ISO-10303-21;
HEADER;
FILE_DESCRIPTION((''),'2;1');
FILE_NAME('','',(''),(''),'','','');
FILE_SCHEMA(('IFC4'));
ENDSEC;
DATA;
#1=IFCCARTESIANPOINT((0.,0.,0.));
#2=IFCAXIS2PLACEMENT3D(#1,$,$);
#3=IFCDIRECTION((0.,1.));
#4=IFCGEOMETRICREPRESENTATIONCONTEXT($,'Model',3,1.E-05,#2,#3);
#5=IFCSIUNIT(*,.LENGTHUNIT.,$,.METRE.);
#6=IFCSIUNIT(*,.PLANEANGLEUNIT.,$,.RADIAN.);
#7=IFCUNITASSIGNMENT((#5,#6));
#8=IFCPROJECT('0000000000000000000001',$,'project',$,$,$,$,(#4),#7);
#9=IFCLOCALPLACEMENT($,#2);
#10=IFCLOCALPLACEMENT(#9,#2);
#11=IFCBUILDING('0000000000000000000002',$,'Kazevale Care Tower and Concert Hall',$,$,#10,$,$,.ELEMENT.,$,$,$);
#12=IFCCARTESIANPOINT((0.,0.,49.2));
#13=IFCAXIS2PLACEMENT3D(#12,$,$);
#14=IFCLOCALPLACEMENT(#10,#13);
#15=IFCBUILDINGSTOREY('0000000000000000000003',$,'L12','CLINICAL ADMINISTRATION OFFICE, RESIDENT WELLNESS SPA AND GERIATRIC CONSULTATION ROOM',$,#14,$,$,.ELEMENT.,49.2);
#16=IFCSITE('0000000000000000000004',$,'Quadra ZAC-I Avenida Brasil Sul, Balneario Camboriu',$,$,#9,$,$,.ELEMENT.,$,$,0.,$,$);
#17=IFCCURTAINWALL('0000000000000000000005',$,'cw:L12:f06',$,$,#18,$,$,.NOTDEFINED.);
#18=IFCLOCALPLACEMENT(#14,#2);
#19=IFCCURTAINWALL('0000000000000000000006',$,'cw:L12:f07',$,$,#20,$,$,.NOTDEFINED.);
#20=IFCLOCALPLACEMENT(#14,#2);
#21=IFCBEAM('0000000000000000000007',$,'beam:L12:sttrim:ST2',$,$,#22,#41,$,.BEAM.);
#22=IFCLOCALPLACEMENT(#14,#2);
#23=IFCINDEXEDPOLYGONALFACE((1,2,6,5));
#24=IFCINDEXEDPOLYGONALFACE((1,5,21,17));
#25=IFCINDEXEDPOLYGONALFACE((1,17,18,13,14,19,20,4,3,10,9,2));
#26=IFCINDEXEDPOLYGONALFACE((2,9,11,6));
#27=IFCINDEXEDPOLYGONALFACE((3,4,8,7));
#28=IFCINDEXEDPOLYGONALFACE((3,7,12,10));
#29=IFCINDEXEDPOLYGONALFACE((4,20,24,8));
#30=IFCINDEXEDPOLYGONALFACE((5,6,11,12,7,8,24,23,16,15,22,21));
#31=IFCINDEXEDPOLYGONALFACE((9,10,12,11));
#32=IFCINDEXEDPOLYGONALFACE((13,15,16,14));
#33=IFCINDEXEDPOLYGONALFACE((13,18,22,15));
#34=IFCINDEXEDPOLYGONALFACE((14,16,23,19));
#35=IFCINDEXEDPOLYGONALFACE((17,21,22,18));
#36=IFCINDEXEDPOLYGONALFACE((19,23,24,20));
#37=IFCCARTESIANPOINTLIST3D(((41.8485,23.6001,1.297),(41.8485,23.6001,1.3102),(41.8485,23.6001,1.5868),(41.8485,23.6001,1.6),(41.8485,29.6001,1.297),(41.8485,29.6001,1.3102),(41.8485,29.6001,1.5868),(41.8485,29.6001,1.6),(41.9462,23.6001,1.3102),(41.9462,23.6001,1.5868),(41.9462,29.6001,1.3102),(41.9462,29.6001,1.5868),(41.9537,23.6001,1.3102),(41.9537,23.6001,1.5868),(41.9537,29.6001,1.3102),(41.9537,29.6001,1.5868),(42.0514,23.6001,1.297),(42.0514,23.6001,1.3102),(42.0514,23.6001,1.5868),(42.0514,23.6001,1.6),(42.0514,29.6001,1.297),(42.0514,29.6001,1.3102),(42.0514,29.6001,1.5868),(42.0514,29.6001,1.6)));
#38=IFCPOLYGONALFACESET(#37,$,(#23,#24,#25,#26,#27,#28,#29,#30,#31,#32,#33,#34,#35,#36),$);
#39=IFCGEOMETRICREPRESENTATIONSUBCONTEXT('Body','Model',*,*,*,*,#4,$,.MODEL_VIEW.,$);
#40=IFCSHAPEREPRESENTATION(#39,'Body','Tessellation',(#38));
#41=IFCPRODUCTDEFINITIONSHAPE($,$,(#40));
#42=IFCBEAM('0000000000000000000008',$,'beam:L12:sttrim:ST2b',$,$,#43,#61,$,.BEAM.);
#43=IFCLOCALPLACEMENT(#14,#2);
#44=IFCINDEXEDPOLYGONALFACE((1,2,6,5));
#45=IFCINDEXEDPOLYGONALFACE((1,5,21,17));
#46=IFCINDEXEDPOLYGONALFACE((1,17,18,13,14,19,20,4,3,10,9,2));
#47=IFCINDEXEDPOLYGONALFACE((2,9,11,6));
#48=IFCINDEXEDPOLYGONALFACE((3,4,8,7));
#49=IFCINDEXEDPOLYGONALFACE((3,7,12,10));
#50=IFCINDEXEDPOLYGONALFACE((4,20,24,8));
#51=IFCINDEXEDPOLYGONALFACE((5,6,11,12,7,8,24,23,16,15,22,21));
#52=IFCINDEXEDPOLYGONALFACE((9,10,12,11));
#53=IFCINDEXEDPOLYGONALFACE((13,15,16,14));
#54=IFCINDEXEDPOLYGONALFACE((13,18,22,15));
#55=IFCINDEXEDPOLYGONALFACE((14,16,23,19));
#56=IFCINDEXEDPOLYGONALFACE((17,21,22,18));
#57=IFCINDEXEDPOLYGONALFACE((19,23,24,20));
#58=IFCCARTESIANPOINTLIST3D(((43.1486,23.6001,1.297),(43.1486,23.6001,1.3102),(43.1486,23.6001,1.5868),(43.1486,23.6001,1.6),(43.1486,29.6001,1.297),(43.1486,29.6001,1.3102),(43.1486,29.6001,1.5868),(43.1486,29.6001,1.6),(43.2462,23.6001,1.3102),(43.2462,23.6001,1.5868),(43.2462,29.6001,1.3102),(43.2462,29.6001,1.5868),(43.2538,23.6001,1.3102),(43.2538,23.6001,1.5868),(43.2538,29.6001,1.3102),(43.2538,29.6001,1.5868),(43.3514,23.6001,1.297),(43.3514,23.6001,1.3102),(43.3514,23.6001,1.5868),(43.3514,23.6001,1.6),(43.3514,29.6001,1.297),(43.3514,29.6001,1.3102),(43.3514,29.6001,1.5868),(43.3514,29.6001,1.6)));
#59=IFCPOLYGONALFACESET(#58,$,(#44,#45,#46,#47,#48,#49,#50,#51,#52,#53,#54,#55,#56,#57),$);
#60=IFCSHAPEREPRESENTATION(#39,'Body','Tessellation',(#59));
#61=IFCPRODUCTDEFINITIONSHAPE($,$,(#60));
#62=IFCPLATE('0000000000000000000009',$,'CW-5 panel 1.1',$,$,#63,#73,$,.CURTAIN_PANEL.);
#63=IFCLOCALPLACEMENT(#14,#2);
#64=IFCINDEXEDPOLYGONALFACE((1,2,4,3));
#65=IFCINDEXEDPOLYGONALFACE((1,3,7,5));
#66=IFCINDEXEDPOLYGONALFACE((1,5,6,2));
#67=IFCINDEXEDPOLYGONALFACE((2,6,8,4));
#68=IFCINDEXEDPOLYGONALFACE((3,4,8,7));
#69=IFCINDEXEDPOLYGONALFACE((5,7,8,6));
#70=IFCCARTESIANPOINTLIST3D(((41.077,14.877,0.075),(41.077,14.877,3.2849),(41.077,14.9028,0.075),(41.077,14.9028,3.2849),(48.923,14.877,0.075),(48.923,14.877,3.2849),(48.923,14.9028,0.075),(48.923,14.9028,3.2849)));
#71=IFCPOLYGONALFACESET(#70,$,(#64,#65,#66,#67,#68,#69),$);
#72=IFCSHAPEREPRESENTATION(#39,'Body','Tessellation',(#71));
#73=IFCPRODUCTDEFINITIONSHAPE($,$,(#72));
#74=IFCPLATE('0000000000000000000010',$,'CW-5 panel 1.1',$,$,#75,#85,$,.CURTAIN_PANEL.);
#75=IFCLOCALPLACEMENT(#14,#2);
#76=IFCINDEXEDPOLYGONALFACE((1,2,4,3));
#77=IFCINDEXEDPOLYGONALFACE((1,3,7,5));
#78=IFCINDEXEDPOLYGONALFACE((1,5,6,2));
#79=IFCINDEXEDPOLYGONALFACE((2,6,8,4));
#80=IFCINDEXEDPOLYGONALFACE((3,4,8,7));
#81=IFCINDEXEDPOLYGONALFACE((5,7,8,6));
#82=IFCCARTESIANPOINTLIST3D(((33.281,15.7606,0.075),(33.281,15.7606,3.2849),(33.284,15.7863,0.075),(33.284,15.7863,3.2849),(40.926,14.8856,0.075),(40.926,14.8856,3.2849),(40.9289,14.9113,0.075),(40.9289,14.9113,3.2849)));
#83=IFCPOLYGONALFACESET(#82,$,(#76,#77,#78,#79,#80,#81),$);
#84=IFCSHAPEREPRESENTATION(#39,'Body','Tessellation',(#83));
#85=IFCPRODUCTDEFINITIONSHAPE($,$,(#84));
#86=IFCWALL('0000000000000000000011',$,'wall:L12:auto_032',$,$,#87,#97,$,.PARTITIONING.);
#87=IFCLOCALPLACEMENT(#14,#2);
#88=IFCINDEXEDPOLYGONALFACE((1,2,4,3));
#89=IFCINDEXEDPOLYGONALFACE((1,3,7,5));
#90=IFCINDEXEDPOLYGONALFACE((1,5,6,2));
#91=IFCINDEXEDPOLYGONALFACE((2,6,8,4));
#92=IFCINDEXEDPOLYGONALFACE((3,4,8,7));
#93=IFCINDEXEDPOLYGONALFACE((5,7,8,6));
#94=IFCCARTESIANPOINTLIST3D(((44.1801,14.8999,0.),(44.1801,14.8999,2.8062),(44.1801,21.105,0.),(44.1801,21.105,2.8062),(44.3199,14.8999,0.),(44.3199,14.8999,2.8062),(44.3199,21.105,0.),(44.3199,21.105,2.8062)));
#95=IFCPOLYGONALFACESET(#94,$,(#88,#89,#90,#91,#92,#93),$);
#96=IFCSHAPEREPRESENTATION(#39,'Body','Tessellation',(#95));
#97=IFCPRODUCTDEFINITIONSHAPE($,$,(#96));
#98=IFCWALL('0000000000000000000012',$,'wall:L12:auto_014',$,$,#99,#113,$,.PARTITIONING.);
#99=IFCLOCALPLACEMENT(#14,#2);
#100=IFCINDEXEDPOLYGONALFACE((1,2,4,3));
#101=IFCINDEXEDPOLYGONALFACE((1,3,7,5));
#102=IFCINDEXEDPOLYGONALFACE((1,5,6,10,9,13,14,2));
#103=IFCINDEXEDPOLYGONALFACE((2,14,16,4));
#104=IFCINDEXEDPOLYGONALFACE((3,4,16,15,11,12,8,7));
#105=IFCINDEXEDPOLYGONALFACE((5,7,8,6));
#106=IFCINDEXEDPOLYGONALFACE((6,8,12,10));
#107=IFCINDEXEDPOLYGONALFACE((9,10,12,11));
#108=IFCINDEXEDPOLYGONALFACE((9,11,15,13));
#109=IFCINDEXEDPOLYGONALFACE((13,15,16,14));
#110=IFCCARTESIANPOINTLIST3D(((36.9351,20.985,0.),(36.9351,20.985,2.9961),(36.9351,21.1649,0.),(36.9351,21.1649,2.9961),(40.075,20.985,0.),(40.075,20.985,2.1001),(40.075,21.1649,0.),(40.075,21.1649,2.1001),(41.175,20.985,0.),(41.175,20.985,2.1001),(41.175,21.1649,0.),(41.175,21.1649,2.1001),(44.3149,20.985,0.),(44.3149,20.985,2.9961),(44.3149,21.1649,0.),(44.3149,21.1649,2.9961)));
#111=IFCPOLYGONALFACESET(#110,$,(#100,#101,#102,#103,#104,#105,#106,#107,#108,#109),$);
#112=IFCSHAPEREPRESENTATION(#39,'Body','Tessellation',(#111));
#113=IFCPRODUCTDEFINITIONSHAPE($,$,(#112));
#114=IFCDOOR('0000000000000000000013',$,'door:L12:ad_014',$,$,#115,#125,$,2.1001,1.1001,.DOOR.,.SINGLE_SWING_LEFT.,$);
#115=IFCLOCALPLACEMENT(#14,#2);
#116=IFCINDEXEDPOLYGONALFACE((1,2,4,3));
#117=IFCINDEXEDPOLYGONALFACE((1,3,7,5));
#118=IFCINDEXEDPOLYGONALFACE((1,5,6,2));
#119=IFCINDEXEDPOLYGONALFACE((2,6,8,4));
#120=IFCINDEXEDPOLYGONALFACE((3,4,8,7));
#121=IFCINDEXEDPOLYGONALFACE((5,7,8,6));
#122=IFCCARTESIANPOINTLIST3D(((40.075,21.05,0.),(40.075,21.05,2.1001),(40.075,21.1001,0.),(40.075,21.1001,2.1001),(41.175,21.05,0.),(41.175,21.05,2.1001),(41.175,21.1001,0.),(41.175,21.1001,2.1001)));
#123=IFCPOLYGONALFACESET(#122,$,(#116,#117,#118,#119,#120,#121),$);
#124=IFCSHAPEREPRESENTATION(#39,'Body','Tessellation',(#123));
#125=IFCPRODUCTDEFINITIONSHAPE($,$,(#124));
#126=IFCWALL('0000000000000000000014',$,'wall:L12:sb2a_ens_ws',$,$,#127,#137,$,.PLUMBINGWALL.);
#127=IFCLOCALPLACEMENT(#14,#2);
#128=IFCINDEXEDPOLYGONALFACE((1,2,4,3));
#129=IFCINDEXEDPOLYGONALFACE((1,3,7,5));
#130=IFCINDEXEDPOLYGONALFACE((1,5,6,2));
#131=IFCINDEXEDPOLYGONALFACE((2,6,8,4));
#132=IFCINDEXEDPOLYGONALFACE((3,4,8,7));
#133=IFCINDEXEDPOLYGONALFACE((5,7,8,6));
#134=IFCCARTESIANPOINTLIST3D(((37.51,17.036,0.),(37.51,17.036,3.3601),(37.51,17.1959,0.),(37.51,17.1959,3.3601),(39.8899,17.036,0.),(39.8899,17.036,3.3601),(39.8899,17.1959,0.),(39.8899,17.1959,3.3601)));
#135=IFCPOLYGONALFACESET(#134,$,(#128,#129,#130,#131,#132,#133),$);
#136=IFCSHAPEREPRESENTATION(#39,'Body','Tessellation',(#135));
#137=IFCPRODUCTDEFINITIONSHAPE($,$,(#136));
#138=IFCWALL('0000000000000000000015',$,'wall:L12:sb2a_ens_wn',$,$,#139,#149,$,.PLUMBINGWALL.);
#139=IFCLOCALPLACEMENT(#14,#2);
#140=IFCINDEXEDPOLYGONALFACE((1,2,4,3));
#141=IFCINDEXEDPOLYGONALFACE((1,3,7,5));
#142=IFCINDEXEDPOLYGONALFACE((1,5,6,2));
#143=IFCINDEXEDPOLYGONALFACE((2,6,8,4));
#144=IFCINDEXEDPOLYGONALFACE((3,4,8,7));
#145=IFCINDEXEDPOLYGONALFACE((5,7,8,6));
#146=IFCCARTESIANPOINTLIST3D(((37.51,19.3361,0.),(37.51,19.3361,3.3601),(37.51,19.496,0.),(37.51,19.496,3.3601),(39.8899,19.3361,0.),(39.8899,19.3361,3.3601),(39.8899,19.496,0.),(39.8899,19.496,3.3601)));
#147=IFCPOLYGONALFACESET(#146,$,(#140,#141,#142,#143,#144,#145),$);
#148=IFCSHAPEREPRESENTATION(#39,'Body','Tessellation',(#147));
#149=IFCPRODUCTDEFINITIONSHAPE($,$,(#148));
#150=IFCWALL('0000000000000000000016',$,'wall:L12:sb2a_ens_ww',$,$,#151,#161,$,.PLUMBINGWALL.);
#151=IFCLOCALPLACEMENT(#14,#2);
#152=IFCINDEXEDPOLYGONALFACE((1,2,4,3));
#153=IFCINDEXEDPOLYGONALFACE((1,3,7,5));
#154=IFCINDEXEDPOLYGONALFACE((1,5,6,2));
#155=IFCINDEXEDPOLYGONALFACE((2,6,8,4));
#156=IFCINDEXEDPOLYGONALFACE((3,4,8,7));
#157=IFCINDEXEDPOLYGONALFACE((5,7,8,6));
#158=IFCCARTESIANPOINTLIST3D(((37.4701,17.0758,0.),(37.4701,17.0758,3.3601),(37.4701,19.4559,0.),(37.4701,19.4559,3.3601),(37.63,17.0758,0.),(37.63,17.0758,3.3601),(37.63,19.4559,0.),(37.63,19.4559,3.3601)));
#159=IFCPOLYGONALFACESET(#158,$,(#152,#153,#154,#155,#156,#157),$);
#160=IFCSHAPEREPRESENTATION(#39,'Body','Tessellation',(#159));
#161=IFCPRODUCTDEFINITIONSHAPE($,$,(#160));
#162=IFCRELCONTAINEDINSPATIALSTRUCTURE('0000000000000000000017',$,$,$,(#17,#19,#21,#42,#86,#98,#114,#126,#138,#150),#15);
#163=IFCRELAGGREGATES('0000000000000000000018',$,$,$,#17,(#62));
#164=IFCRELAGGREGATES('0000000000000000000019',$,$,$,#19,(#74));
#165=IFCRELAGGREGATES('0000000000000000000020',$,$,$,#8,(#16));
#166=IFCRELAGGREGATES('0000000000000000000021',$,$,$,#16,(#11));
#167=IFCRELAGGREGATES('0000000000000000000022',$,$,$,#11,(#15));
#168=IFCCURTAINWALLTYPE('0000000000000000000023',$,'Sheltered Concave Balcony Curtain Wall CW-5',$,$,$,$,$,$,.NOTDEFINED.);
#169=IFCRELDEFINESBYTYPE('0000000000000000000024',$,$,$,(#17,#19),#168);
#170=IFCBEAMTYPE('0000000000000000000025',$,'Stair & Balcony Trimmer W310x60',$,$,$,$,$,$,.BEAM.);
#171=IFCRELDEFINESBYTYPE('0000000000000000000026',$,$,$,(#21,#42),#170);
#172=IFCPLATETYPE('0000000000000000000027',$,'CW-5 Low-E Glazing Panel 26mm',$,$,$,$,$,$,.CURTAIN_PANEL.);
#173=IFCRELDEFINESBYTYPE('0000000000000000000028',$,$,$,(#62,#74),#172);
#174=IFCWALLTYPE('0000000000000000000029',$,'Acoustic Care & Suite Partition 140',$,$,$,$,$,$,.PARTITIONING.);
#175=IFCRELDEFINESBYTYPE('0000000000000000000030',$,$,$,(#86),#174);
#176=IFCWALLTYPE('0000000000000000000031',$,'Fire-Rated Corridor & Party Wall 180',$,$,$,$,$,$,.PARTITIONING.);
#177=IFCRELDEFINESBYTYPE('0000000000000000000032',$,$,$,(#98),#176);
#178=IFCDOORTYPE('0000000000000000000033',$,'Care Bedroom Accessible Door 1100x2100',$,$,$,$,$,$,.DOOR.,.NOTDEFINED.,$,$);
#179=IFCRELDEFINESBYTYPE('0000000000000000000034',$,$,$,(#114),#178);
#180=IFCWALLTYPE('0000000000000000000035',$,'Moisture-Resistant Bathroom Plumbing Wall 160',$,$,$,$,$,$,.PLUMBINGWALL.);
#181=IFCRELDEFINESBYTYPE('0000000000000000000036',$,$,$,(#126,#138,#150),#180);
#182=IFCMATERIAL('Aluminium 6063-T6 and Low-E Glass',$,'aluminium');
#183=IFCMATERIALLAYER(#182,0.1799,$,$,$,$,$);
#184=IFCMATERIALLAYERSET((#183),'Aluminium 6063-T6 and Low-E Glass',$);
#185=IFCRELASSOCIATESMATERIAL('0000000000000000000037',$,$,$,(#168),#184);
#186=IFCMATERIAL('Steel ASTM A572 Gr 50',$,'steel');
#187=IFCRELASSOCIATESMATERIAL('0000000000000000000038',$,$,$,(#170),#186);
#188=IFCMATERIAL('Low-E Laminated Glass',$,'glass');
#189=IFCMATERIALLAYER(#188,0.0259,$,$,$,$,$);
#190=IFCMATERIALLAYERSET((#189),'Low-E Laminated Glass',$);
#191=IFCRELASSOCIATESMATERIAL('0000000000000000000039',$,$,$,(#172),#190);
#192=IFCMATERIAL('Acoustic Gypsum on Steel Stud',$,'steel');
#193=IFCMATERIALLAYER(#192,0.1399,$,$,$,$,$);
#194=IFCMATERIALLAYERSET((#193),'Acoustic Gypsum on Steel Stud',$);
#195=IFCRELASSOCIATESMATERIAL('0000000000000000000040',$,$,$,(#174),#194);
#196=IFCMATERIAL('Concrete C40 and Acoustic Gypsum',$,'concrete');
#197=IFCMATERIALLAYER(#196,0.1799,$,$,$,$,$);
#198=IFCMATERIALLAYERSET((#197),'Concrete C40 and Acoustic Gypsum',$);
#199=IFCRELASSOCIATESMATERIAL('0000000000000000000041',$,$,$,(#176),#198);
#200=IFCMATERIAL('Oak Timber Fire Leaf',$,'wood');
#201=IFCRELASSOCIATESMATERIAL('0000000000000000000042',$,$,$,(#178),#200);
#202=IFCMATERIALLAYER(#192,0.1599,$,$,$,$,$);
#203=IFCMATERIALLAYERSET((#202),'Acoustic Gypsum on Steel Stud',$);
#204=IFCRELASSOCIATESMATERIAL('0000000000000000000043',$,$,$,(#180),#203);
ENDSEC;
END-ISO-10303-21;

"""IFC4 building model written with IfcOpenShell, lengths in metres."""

from ifc_helpers import new_model, si_unit, direction, frame, frame_2d, origin, origin_2d, place, context, subcontext, project, spatial, rectangle, i_section, extrude, material, layer, layer_set, material_profile, profile_set, type_object, element, fill, aggregate, save


model = new_model("IFC4")

# Units and contexts
model_context = context("Model", 3, precision=1e-05, world=origin(), true_north=direction((0.0, 1.0)))
body_context = subcontext(model_context, "Body", "Model", "MODEL_VIEW")
ifc_project = project(units=[si_unit("LENGTHUNIT", "METRE"), si_unit("PLANEANGLEUNIT", "RADIAN")], contexts=[model_context])

# Site, building, storey
site_placement = place(None, origin())
site = spatial("IfcSite", under=ifc_project, at=site_placement, Name="Quadra ZAC-I Avenida Brasil Sul, Balneario Camboriu", CompositionType="ELEMENT", RefElevation=0.0)
building_placement = place(site_placement, origin())
building = spatial("IfcBuilding", under=site, at=building_placement, Name="Kazevale Care Tower and Concert Hall", CompositionType="ELEMENT")
storey_placement = place(building_placement, frame((0.0, 0.0, 49.2)))
storey = spatial("IfcBuildingStorey", under=building, at=storey_placement, Name="L12", Description="CLINICAL ADMINISTRATION OFFICE, RESIDENT WELLNESS SPA AND GERIATRIC CONSULTATION ROOM", CompositionType="ELEMENT", Elevation=49.2)

# Curtain wall
ifc_material_1 = material(Name="Aluminium 6063-T6 and Low-E Glass", Category="aluminium")
ifc_layer_1 = layer(ifc_material_1, 0.1799)
ifc_layer_set_1 = layer_set([ifc_layer_1], Name="Aluminium 6063-T6 and Low-E Glass")
curtain_wall_type = type_object("IfcCurtainWallType", Name="Sheltered Concave Balcony Curtain Wall CW-5", PredefinedType="NOTDEFINED", material=ifc_layer_set_1)
curtain_wall_1_placement = place(storey_placement, origin())
curtain_wall_1 = element("IfcCurtainWall", 1, at=curtain_wall_1_placement, inside=storey, type_object=curtain_wall_type, Name="cw:L12:f06", PredefinedType="NOTDEFINED")

# Curtain wall
curtain_wall_2_placement = place(storey_placement, origin())
curtain_wall_2 = element("IfcCurtainWall", 2, at=curtain_wall_2_placement, inside=storey, type_object=curtain_wall_type, Name="cw:L12:f07", PredefinedType="NOTDEFINED")

# Beams
ifc_material_2 = material(Name="Steel ASTM A572 Gr 50", Category="steel")
ifc_material_profile_1 = material_profile(ifc_material_2, i_section(OverallWidth=0.2029, OverallDepth=0.303, WebThickness=0.0076, FlangeThickness=0.0132, at=origin_2d()), Name="W310x60")
ifc_profile_set_1 = profile_set([ifc_material_profile_1], Name="Steel ASTM A572 Gr 50")
beam_type_1 = type_object("IfcBeamType", Name="Stair & Balcony Trimmer W310x60", PredefinedType="BEAM", material=ifc_profile_set_1)
for number, where, z_axis, x_axis, name in (
    (3, (41.95, 23.6001, 1.4485), (0.0, 1.0, 0.0), (-1.0, 0.0, 0.0), "beam:L12:sttrim:ST2"),
    (4, (43.25, 23.6001, 1.4485), (0.0, 1.0, 0.0), (-1.0, 0.0, 0.0), "beam:L12:sttrim:ST2b"),
):
    element("IfcBeam", number, at=place(storey_placement, frame(where, z_axis=z_axis, x_axis=x_axis)), inside=storey, type_object=beam_type_1, Name=name, PredefinedType="BEAM", context=body_context, shape_type="SweptSolid", body=[
        extrude(i_section(OverallWidth=0.2029, OverallDepth=0.303, WebThickness=0.0076, FlangeThickness=0.0132, at=origin_2d()), origin(), (0.0, 0.0, 1.0), 6.0),
    ])

# Plates
ifc_material_3 = material(Name="Low-E Laminated Glass", Category="glass")
ifc_layer_2 = layer(ifc_material_3, 0.0259)
ifc_layer_set_2 = layer_set([ifc_layer_2], Name="Low-E Laminated Glass")
plate_type = type_object("IfcPlateType", Name="CW-5 Low-E Glazing Panel 26mm", PredefinedType="CURTAIN_PANEL", material=ifc_layer_set_2)
plate_1_placement = place(storey_placement, frame((45.0, 14.8899, 0.075), z_axis=(0.0, 0.0, 1.0), x_axis=(-1.0, 0.0, 0.0)))
plate_1 = element("IfcPlate", 5, at=plate_1_placement, type_object=plate_type, Name="CW-5 panel 1.1", PredefinedType="CURTAIN_PANEL", context=body_context, shape_type="SweptSolid", body=[
    extrude(rectangle(XDim=7.8459, YDim=0.0259, at=origin_2d()), origin(), (0.0, 0.0, 1.0), 3.21),
])
aggregate(curtain_wall_1, [plate_1])
plate_2_placement = place(storey_placement, frame((37.105, 15.3359, 0.075), z_axis=(0.0, 0.0, 1.0), x_axis=(-0.993515, 0.113705, 0.0)))
plate_2 = element("IfcPlate", 6, at=plate_2_placement, type_object=plate_type, Name="CW-5 panel 1.1", PredefinedType="CURTAIN_PANEL", context=body_context, shape_type="SweptSolid", body=[
    extrude(rectangle(XDim=7.6948, YDim=0.0259, at=origin_2d()), origin(), (0.0, 0.0, 1.0), 3.21),
])
aggregate(curtain_wall_2, [plate_2])

# Wall
ifc_material_4 = material(Name="Acoustic Gypsum on Steel Stud", Category="steel")
ifc_layer_3 = layer(ifc_material_4, 0.1399)
ifc_layer_set_3 = layer_set([ifc_layer_3], Name="Acoustic Gypsum on Steel Stud")
wall_type_1 = type_object("IfcWallType", Name="Acoustic Care & Suite Partition 140", PredefinedType="PARTITIONING", material=ifc_layer_set_3)
wall_1_placement = place(storey_placement, frame((44.25, 21.105, 0.0), z_axis=(0.0, 0.0, 1.0), x_axis=(0.0, -1.0, 0.0)))
element("IfcWall", 7, at=wall_1_placement, inside=storey, type_object=wall_type_1, Name="wall:L12:auto_032", PredefinedType="PARTITIONING", context=body_context, shape_type="SweptSolid", body=[
    extrude(rectangle(XDim=6.2051, YDim=0.1399, at=frame_2d((3.1025, 0.0))), origin(), (0.0, 0.0, 1.0), 2.8062),
])

# Wall, opening, door
ifc_material_5 = material(Name="Concrete C40 and Acoustic Gypsum", Category="concrete")
ifc_layer_4 = layer(ifc_material_5, 0.1799)
ifc_layer_set_4 = layer_set([ifc_layer_4], Name="Concrete C40 and Acoustic Gypsum")
wall_type_2 = type_object("IfcWallType", Name="Fire-Rated Corridor & Party Wall 180", PredefinedType="PARTITIONING", material=ifc_layer_set_4)
wall_2_placement = place(storey_placement, frame((44.3149, 21.075, 0.0), z_axis=(0.0, 0.0, 1.0), x_axis=(-1.0, 0.0, 0.0)))
wall_2 = element("IfcWall", 8, at=wall_2_placement, inside=storey, type_object=wall_type_2, Name="wall:L12:auto_014", PredefinedType="PARTITIONING", context=body_context, shape_type="SweptSolid", body=[
    extrude(rectangle(XDim=7.3799, YDim=0.1799, at=frame_2d((3.6899, 0.0))), origin(), (0.0, 0.0, 1.0), 2.9961),
])
opening_1_placement = place(wall_2_placement, frame((3.1399, 0.0, 0.0)))
opening_1 = element("IfcOpeningElement", 9, at=opening_1_placement, cuts=wall_2, PredefinedType="OPENING", context=body_context, shape_type="SweptSolid", body=[
    extrude(rectangle(XDim=1.1001, YDim=2.1001, at=frame_2d((0.55, 1.05))), frame((0.0, 0.0999, 0.0), z_axis=(0.0, -1.0, 0.0), x_axis=(1.0, 0.0, 0.0)), (0.0, 0.0, 1.0), 0.2),
])
ifc_material_6 = material(Name="Oak Timber Fire Leaf", Category="wood")
door_type_1 = type_object("IfcDoorType", Name="Care Bedroom Accessible Door 1100x2100", OperationType="NOTDEFINED", PredefinedType="DOOR", material=ifc_material_6)
door_1_placement = place(opening_1_placement, origin())
door_1 = element("IfcDoor", 10, at=door_1_placement, inside=storey, type_object=door_type_1, Name="door:L12:ad_014", OperationType="SINGLE_SWING_LEFT", OverallHeight=2.1001, OverallWidth=1.1001, PredefinedType="DOOR", context=body_context, shape_type="SweptSolid", body=[
    extrude(rectangle(XDim=1.1001, YDim=2.1001, at=frame_2d((0.55, 1.05))), frame((0.0, 0.0249, 0.0), z_axis=(0.0, -1.0, 0.0), x_axis=(1.0, 0.0, 0.0)), (0.0, 0.0, 1.0), 0.05),
])
fill(opening_1, door_1)

# Walls
ifc_layer_5 = layer(ifc_material_4, 0.1599)
ifc_layer_set_5 = layer_set([ifc_layer_5], Name="Acoustic Gypsum on Steel Stud")
wall_type_3 = type_object("IfcWallType", Name="Moisture-Resistant Bathroom Plumbing Wall 160", PredefinedType="PLUMBINGWALL", material=ifc_layer_set_5)
for number, where, z_axis, x_axis, name in (
    (11, (37.51, 17.116, 0.0), (0.0, 0.0, 1.0), (1.0, 0.0, 0.0), "wall:L12:sb2a_ens_ws"),
    (12, (37.51, 19.416, 0.0), (0.0, 0.0, 1.0), (1.0, 0.0, 0.0), "wall:L12:sb2a_ens_wn"),
):
    element("IfcWall", number, at=place(storey_placement, frame(where, z_axis=z_axis, x_axis=x_axis)), inside=storey, type_object=wall_type_3, Name=name, PredefinedType="PLUMBINGWALL", context=body_context, shape_type="SweptSolid", body=[
        extrude(rectangle(XDim=2.3799, YDim=0.1599, at=frame_2d((1.1899, 0.0))), origin(), (0.0, 0.0, 1.0), 3.3601),
    ])
wall_3_placement = place(storey_placement, frame((37.55, 17.0759, 0.0), z_axis=(0.0, 0.0, 1.0), x_axis=(0.0, 1.0, 0.0)))
element("IfcWall", 13, at=wall_3_placement, inside=storey, type_object=wall_type_3, Name="wall:L12:sb2a_ens_ww", PredefinedType="PLUMBINGWALL", context=body_context, shape_type="SweptSolid", body=[
    extrude(rectangle(XDim=2.3801, YDim=0.1599, at=frame_2d((1.1899, 0.0))), origin(), (0.0, 0.0, 1.0), 3.3601),
])

save(model, "model.ifc")
